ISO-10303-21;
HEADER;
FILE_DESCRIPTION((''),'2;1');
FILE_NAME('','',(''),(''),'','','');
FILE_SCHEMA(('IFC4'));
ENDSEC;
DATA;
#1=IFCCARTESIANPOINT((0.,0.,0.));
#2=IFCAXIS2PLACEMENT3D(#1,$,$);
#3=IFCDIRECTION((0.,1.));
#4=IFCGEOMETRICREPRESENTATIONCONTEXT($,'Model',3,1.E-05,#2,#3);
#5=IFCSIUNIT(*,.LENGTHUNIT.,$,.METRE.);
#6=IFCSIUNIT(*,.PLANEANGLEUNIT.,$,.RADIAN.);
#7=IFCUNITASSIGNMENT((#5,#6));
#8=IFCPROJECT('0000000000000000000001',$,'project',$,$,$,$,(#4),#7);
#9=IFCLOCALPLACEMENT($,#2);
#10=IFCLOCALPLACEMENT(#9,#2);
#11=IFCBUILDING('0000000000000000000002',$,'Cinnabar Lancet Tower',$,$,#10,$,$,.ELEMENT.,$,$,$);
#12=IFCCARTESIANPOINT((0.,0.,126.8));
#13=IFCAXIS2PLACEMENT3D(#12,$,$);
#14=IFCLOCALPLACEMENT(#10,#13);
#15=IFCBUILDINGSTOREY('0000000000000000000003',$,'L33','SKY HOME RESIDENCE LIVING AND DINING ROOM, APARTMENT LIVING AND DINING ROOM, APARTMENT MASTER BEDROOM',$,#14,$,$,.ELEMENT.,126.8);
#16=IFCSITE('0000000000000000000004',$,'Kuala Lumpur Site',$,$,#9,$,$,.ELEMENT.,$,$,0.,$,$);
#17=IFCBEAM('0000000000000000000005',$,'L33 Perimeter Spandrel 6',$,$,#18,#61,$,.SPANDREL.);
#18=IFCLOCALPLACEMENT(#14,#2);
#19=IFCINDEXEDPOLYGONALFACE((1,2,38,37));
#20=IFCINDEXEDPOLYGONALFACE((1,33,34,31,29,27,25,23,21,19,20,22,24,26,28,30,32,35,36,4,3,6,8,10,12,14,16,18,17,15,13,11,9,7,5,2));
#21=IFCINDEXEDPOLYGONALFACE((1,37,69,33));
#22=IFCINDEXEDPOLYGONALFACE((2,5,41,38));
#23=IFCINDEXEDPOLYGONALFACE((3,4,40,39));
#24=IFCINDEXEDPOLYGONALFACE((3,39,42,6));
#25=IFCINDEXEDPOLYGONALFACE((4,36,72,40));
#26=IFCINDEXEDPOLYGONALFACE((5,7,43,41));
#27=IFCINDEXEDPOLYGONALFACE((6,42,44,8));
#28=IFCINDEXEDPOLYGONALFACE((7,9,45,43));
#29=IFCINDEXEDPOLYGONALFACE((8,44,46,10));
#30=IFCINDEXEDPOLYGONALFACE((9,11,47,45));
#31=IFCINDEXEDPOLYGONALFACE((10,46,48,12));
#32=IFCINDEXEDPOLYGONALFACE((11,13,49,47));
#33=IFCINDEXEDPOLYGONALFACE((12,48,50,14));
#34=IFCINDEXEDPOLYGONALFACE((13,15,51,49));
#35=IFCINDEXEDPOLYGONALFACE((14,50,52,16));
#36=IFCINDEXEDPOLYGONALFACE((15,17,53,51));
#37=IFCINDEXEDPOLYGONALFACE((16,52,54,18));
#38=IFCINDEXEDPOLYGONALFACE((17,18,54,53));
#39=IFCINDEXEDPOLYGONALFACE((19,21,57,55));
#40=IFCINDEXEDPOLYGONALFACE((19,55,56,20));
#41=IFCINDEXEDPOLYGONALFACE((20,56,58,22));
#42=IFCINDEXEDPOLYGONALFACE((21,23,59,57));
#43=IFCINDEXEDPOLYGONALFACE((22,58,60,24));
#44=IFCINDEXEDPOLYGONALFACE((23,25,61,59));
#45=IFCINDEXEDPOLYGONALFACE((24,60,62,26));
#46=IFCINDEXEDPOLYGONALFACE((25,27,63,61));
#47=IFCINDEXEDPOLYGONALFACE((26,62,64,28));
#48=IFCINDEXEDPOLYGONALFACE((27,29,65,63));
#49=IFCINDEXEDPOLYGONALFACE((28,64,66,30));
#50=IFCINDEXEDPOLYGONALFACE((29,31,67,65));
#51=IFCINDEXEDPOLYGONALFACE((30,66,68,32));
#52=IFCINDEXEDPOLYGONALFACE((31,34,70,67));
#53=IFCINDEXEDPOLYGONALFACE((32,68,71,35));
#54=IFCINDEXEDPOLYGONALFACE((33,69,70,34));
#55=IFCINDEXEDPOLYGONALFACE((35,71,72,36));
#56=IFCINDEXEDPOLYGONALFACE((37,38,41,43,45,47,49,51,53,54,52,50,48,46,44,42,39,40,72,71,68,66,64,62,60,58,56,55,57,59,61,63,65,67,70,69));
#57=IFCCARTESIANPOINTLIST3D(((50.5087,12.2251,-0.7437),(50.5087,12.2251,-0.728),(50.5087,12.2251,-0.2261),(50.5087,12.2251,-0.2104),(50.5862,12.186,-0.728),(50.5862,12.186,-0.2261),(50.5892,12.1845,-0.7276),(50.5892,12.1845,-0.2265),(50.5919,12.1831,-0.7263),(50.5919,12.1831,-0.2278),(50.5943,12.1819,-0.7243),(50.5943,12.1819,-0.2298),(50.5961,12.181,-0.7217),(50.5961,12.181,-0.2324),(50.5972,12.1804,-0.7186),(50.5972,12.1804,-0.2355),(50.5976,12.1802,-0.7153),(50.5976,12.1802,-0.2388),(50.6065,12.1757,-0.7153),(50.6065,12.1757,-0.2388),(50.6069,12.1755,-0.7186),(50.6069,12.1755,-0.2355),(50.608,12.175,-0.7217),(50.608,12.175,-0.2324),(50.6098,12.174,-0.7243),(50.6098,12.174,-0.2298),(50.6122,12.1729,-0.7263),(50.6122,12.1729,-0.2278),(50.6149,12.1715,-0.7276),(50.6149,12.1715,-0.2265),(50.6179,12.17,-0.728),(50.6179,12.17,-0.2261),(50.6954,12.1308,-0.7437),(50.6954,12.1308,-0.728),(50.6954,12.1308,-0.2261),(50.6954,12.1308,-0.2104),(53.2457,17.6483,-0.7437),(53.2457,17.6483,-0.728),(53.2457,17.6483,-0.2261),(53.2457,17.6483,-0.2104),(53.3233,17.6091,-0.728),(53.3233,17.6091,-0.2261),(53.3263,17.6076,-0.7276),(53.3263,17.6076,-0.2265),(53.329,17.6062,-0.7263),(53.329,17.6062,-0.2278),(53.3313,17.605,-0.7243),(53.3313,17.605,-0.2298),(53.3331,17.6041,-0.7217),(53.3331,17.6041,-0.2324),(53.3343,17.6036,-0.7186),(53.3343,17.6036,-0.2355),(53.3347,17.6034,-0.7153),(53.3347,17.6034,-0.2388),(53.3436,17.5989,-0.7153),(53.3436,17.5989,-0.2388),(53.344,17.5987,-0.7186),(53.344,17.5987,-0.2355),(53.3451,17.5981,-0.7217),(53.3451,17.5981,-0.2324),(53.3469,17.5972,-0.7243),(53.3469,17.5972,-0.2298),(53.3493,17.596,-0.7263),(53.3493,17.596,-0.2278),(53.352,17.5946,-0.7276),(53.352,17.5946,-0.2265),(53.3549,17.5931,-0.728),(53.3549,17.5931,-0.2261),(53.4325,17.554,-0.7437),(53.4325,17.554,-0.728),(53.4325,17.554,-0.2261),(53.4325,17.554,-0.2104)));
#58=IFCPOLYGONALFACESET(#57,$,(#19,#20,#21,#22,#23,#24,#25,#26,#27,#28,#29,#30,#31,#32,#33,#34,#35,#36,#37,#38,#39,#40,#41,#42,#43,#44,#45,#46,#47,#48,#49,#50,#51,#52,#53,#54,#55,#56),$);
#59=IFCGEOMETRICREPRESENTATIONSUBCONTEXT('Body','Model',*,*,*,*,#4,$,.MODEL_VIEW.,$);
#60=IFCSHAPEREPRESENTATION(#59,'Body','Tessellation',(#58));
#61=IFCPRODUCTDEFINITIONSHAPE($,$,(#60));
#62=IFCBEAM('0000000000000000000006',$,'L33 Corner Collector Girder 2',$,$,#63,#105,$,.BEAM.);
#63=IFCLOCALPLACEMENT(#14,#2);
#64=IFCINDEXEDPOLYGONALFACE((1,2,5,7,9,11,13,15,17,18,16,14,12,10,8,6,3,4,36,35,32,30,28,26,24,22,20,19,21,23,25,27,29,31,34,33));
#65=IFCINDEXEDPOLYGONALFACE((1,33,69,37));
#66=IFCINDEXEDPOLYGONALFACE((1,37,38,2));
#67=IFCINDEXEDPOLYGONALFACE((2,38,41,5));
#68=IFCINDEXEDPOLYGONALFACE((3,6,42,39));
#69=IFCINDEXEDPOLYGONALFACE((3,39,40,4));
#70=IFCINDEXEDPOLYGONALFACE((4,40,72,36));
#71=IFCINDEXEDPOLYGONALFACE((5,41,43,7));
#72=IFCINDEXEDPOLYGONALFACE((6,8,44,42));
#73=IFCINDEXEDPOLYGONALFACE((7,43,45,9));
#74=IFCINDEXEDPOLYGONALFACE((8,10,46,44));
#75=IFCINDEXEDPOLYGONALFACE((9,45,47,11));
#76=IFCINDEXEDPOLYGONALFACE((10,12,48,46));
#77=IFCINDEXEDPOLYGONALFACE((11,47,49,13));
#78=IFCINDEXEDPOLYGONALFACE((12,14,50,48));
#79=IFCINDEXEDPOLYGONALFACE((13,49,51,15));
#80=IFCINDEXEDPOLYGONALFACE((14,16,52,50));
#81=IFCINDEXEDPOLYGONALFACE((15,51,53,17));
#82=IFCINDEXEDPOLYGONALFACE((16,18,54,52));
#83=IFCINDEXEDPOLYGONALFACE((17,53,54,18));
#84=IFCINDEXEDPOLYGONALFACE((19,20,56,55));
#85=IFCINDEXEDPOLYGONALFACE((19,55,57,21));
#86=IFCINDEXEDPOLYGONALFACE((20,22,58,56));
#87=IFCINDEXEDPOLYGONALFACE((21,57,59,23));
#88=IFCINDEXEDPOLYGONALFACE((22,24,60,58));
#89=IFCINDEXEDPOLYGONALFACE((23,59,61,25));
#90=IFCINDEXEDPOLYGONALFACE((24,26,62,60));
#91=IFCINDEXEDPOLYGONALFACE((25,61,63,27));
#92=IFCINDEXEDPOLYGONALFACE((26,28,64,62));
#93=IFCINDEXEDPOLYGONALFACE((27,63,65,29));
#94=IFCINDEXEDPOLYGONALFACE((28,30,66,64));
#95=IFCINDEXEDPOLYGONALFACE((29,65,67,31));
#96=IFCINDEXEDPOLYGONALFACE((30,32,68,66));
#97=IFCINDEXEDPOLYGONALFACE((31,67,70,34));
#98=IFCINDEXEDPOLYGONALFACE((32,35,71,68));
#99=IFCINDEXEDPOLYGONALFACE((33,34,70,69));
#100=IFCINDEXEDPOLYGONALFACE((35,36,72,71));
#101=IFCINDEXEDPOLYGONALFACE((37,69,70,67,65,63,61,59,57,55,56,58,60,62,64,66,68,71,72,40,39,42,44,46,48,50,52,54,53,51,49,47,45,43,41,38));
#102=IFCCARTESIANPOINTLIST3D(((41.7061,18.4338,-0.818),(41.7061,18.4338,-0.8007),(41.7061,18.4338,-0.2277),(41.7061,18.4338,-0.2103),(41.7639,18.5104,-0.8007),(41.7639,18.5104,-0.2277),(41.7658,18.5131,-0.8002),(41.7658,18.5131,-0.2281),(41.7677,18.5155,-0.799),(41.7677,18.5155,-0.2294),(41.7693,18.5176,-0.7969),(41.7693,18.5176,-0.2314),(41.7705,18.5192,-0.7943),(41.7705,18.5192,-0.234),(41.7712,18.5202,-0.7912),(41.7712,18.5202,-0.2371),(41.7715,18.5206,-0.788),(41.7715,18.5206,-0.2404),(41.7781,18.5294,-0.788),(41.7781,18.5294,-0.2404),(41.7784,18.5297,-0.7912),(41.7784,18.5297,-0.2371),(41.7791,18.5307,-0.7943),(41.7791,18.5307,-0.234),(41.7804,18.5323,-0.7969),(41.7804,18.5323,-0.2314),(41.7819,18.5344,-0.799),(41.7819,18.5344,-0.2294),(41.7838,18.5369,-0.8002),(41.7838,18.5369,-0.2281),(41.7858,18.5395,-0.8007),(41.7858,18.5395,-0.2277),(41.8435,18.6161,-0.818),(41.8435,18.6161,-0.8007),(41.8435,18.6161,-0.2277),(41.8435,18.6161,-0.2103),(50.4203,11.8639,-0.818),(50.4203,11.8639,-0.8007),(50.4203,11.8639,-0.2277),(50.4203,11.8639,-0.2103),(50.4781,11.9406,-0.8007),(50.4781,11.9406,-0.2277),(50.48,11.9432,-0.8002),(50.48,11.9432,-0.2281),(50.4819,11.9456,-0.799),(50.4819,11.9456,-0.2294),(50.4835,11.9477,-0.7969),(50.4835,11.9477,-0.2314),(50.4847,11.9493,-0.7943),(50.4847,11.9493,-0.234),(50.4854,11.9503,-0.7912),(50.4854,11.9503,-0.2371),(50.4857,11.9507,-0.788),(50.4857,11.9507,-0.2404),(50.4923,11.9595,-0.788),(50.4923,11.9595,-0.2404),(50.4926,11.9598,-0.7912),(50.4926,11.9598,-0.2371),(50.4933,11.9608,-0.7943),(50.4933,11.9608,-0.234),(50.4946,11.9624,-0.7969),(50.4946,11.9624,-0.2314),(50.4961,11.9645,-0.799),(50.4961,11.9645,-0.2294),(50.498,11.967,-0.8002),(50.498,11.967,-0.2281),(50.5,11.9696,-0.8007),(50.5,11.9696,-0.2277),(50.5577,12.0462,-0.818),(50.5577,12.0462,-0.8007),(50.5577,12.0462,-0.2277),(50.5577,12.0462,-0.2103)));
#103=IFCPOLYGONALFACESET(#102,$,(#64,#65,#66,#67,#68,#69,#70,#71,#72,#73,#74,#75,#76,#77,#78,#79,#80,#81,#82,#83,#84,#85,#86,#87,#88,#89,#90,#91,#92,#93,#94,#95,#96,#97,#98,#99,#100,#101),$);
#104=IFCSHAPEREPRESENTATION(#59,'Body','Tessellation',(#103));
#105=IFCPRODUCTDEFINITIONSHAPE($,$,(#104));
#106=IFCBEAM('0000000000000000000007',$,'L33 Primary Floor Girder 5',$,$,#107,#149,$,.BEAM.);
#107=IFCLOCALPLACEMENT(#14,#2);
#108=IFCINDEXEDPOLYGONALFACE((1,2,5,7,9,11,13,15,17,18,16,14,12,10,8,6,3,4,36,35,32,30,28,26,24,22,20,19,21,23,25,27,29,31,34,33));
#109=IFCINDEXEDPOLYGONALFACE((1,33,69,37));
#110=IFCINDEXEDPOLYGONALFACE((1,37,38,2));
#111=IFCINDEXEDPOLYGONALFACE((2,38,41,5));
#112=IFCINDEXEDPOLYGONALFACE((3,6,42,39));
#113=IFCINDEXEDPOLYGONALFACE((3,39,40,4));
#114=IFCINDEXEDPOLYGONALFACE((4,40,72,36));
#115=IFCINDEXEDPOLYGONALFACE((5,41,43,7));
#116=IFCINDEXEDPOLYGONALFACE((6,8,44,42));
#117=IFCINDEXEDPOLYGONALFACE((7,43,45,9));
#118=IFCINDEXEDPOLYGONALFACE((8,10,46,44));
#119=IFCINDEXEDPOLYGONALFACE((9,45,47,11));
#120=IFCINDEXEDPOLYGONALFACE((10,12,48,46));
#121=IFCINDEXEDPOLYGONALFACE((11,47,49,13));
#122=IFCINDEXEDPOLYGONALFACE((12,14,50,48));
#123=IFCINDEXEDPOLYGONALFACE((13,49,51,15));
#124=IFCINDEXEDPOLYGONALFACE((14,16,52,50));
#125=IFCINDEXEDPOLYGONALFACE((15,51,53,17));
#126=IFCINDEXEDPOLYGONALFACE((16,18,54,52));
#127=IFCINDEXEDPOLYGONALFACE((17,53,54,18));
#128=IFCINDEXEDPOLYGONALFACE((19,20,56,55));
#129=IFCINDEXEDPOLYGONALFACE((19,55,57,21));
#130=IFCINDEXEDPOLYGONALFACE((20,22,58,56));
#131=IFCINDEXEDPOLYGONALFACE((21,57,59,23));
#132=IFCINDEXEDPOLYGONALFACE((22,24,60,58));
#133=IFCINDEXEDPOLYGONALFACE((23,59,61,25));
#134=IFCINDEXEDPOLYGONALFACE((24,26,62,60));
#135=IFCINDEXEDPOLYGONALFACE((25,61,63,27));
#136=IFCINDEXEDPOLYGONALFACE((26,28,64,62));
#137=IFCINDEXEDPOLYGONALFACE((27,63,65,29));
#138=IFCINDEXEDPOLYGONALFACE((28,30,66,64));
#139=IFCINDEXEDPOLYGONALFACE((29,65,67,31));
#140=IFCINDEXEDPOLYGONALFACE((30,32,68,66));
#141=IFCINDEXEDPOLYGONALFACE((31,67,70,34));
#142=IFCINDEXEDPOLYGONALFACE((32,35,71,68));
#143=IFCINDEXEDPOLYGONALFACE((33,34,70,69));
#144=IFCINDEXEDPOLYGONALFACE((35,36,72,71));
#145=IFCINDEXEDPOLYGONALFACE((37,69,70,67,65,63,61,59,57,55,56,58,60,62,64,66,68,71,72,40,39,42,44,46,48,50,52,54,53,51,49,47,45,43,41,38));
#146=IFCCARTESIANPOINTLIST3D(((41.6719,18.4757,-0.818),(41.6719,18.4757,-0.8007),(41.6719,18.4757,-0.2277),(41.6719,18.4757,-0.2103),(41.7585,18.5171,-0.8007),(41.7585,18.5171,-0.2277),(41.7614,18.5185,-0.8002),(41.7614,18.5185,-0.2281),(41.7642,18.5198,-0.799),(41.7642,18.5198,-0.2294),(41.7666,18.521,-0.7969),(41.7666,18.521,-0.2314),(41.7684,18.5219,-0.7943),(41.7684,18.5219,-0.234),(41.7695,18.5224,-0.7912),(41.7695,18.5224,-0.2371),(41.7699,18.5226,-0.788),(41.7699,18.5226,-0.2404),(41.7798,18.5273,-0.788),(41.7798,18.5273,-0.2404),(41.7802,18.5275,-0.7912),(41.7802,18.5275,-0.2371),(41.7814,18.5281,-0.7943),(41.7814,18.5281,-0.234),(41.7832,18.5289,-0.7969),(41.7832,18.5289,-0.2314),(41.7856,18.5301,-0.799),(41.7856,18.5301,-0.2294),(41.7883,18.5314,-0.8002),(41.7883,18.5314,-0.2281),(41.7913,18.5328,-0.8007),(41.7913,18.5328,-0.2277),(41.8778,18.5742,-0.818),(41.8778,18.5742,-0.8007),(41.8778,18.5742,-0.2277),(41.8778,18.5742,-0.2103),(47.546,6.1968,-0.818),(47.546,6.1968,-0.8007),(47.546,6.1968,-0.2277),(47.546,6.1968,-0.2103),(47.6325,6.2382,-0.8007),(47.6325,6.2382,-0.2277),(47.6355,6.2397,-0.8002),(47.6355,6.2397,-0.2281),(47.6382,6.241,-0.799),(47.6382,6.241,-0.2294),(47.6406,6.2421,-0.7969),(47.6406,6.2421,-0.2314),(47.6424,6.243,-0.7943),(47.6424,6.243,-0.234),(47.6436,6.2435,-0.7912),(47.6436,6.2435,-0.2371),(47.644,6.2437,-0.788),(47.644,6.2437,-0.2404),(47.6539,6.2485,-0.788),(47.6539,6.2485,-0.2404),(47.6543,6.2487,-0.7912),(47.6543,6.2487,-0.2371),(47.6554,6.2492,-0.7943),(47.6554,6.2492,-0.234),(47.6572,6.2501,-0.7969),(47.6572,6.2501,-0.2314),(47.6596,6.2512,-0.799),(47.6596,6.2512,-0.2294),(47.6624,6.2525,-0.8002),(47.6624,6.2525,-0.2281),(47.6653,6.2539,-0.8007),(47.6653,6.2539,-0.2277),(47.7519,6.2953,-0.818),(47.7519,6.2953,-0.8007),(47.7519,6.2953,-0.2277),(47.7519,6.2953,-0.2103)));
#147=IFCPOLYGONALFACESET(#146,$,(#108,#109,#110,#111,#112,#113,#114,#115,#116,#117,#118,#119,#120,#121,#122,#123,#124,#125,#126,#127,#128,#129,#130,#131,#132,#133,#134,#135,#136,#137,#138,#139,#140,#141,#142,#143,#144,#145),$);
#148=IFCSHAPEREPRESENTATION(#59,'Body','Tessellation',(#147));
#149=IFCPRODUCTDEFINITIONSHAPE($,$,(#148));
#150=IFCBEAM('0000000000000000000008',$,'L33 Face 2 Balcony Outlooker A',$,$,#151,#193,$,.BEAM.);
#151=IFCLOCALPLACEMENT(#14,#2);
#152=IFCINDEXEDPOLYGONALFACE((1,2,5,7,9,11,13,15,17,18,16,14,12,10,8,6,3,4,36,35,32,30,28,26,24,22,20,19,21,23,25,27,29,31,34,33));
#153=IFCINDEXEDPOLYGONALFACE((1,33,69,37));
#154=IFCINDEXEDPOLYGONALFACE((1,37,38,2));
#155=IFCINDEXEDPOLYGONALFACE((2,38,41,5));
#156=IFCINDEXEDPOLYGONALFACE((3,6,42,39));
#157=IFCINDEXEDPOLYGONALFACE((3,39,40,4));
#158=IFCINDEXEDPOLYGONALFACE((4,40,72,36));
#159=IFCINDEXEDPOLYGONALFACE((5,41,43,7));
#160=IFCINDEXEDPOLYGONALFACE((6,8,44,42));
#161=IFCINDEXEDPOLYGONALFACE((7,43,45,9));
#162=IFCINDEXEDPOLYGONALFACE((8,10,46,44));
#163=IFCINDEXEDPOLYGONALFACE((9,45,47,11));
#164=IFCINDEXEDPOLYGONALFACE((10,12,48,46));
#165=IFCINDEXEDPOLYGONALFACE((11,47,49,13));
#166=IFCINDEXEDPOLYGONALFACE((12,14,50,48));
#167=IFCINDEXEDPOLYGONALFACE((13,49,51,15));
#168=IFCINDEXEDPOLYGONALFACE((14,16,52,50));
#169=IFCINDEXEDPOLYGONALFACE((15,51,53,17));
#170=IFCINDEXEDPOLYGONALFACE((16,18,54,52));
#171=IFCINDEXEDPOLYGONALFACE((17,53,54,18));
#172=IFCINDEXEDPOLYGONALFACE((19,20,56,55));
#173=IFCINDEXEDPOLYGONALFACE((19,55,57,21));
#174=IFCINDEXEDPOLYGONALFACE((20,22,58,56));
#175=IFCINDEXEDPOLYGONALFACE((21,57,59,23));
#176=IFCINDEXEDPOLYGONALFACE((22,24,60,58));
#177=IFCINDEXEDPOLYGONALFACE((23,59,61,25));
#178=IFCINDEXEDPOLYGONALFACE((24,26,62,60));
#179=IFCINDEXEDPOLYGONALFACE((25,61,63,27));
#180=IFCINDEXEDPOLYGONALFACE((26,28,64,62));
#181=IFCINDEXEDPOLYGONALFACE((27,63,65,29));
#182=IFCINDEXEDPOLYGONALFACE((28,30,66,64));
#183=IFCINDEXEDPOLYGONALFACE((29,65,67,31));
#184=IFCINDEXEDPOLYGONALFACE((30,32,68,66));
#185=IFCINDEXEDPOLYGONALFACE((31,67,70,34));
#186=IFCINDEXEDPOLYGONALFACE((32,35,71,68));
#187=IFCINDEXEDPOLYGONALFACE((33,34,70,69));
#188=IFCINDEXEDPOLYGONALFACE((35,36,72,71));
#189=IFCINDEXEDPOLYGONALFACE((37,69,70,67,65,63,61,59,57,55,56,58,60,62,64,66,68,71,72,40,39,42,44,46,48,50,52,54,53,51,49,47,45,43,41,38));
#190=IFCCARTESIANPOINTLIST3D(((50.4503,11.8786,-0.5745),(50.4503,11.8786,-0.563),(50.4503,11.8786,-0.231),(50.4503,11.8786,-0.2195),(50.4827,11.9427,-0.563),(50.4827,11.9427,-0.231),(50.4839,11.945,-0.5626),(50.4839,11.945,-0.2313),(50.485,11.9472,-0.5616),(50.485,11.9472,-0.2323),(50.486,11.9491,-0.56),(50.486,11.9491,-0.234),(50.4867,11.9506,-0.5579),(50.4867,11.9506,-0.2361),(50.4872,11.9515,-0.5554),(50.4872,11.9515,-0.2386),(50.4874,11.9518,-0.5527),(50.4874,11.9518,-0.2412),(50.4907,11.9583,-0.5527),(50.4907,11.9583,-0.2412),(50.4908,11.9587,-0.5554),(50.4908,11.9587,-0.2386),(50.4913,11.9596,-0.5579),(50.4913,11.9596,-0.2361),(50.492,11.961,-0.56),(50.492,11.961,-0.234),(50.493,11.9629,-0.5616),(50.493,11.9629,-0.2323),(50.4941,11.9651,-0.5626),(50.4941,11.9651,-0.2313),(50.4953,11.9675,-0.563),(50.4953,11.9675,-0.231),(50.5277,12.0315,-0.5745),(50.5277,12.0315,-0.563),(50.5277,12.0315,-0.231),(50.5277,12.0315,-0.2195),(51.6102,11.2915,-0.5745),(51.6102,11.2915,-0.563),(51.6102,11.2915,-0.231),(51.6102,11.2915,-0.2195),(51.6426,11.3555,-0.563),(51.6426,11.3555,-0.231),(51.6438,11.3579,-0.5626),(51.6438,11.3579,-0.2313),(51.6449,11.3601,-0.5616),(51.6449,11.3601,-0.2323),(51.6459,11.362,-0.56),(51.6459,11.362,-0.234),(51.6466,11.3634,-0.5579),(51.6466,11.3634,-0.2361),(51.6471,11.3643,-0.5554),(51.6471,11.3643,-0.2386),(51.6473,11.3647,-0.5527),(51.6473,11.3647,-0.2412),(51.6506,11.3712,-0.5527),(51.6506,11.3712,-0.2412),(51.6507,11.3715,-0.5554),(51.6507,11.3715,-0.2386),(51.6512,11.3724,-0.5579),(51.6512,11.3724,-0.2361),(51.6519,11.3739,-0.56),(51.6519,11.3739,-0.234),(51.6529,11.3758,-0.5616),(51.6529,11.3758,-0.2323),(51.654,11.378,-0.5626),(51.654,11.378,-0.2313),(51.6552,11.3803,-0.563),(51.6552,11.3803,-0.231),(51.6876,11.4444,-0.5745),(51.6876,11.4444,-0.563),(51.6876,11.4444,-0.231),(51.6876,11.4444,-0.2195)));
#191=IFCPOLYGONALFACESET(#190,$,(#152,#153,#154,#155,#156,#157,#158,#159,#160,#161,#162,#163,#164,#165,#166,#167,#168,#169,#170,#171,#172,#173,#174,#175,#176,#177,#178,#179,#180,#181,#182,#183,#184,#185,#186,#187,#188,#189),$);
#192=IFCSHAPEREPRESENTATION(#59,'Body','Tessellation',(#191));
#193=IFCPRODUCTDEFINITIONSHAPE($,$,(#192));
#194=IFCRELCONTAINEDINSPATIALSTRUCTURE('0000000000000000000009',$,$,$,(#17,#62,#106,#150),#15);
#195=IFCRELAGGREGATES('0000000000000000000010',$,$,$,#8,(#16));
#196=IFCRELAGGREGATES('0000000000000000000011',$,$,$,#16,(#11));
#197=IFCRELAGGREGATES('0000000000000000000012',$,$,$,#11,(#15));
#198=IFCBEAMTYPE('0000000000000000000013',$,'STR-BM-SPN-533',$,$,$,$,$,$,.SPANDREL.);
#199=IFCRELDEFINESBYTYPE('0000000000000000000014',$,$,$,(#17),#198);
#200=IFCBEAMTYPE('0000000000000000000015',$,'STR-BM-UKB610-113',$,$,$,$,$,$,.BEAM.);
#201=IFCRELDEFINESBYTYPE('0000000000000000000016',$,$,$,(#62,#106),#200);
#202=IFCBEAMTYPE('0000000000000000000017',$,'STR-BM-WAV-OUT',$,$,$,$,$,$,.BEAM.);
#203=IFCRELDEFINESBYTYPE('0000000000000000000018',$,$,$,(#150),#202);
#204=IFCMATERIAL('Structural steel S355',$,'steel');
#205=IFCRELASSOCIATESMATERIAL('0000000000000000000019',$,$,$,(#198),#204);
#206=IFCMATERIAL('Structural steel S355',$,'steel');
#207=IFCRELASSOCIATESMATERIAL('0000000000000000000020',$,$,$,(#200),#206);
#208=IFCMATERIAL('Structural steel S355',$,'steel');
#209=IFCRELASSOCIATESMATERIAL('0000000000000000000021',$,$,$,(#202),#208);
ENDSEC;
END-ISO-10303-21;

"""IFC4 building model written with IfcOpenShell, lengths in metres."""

from ifc_helpers import new_model, si_unit, direction, frame, origin, origin_2d, place, context, subcontext, project, spatial, i_section, extrude, material, material_profile, profile_set, type_object, element, save


model = new_model("IFC4")

# Units and contexts
model_context = context("Model", 3, precision=1e-05, world=origin(), true_north=direction((0.0, 1.0)))
body_context = subcontext(model_context, "Body", "Model", "MODEL_VIEW")
ifc_project = project(units=[si_unit("LENGTHUNIT", "METRE"), si_unit("PLANEANGLEUNIT", "RADIAN")], contexts=[model_context])

# Site, building, storey
site_placement = place(None, origin())
site = spatial("IfcSite", under=ifc_project, at=site_placement, Name="Kuala Lumpur Site", CompositionType="ELEMENT", RefElevation=0.0)
building_placement = place(site_placement, origin())
building = spatial("IfcBuilding", under=site, at=building_placement, Name="Cinnabar Lancet Tower", CompositionType="ELEMENT")
storey_placement = place(building_placement, frame((0.0, 0.0, 126.8)))
storey = spatial("IfcBuildingStorey", under=building, at=storey_placement, Name="L33", Description="SKY HOME RESIDENCE LIVING AND DINING ROOM, APARTMENT LIVING AND DINING ROOM, APARTMENT MASTER BEDROOM", CompositionType="ELEMENT", Elevation=126.8)

# Beams
ifc_material_1 = material(Name="Structural steel S355", Category="steel")
ifc_material_profile_1 = material_profile(ifc_material_1, i_section(OverallWidth=0.2092, OverallDepth=0.5332, WebThickness=0.01, FlangeThickness=0.0156, FilletRadius=0.0127, at=origin_2d()), Name="UKB 533x210x92")
ifc_profile_set_1 = profile_set([ifc_material_profile_1], Name="Structural steel S355")
beam_type_1 = type_object("IfcBeamType", Name="STR-BM-SPN-533", PredefinedType="SPANDREL", material=ifc_profile_set_1)
beam_1_placement = place(storey_placement, frame((50.6021, 12.178, -0.4771), z_axis=(0.45057, 0.892741, 0.0), x_axis=(-0.892741, 0.45057, 0.0)))
element("IfcBeam", 1, at=beam_1_placement, inside=storey, type_object=beam_type_1, Name="L33 Perimeter Spandrel 6", PredefinedType="SPANDREL", context=body_context, shape_type="SweptSolid", body=[
    extrude(i_section(OverallWidth=0.2092, OverallDepth=0.5332, WebThickness=0.01, FlangeThickness=0.0156, FilletRadius=0.0127, at=origin_2d()), origin(), (0.0, 0.0, 1.0), 6.0747),
])
ifc_material_2 = material(Name="Structural steel S355", Category="steel")
ifc_material_profile_2 = material_profile(ifc_material_2, i_section(OverallWidth=0.2283, OverallDepth=0.6077, WebThickness=0.011, FlangeThickness=0.0173, FilletRadius=0.0127, at=origin_2d()), Name="UKB 610x229x113")
ifc_profile_set_2 = profile_set([ifc_material_profile_2], Name="Structural steel S355")
beam_type_2 = type_object("IfcBeamType", Name="STR-BM-UKB610-113", PredefinedType="BEAM", material=ifc_profile_set_2)
beam_2_placement = place(storey_placement, frame((50.489, 11.9551, -0.5142), z_axis=(-0.798491, 0.602006, 0.0), x_axis=(-0.602006, -0.798491, 0.0)))
element("IfcBeam", 2, at=beam_2_placement, inside=storey, type_object=beam_type_2, Name="L33 Corner Collector Girder 2", PredefinedType="BEAM", context=body_context, shape_type="SweptSolid", body=[
    extrude(i_section(OverallWidth=0.2283, OverallDepth=0.6077, WebThickness=0.011, FlangeThickness=0.0173, FilletRadius=0.0127, at=origin_2d()), origin(), (0.0, 0.0, 1.0), 10.9133),
])
beam_3_placement = place(storey_placement, frame((47.6489, 6.2461, -0.5142), z_axis=(-0.431548, 0.90209, 0.0), x_axis=(-0.90209, -0.431548, 0.0)))
element("IfcBeam", 3, at=beam_3_placement, inside=storey, type_object=beam_type_2, Name="L33 Primary Floor Girder 5", PredefinedType="BEAM", context=body_context, shape_type="SweptSolid", body=[
    extrude(i_section(OverallWidth=0.2283, OverallDepth=0.6077, WebThickness=0.011, FlangeThickness=0.0173, FilletRadius=0.0127, at=origin_2d()), origin(), (0.0, 0.0, 1.0), 13.6116),
])
ifc_material_3 = material(Name="Structural steel S355", Category="steel")
ifc_material_profile_3 = material_profile(ifc_material_3, i_section(OverallWidth=0.1714, OverallDepth=0.355, WebThickness=0.0073, FlangeThickness=0.0115, FilletRadius=0.0103, at=origin_2d()), Name="UKB 356x171x51")
ifc_profile_set_3 = profile_set([ifc_material_profile_3], Name="Structural steel S355")
beam_type_3 = type_object("IfcBeamType", Name="STR-BM-WAV-OUT", PredefinedType="BEAM", material=ifc_profile_set_3)
beam_4_placement = place(storey_placement, frame((50.489, 11.9551, -0.397), z_axis=(0.8922, -0.45164, 0.0), x_axis=(0.45164, 0.8922, 0.0)))
element("IfcBeam", 4, at=beam_4_placement, inside=storey, type_object=beam_type_3, Name="L33 Face 2 Balcony Outlooker A", PredefinedType="BEAM", context=body_context, shape_type="SweptSolid", body=[
    extrude(i_section(OverallWidth=0.1714, OverallDepth=0.355, WebThickness=0.0073, FlangeThickness=0.0115, FilletRadius=0.0103, at=origin_2d()), origin(), (0.0, 0.0, 1.0), 1.3),
])

save(model, "model.ifc")
